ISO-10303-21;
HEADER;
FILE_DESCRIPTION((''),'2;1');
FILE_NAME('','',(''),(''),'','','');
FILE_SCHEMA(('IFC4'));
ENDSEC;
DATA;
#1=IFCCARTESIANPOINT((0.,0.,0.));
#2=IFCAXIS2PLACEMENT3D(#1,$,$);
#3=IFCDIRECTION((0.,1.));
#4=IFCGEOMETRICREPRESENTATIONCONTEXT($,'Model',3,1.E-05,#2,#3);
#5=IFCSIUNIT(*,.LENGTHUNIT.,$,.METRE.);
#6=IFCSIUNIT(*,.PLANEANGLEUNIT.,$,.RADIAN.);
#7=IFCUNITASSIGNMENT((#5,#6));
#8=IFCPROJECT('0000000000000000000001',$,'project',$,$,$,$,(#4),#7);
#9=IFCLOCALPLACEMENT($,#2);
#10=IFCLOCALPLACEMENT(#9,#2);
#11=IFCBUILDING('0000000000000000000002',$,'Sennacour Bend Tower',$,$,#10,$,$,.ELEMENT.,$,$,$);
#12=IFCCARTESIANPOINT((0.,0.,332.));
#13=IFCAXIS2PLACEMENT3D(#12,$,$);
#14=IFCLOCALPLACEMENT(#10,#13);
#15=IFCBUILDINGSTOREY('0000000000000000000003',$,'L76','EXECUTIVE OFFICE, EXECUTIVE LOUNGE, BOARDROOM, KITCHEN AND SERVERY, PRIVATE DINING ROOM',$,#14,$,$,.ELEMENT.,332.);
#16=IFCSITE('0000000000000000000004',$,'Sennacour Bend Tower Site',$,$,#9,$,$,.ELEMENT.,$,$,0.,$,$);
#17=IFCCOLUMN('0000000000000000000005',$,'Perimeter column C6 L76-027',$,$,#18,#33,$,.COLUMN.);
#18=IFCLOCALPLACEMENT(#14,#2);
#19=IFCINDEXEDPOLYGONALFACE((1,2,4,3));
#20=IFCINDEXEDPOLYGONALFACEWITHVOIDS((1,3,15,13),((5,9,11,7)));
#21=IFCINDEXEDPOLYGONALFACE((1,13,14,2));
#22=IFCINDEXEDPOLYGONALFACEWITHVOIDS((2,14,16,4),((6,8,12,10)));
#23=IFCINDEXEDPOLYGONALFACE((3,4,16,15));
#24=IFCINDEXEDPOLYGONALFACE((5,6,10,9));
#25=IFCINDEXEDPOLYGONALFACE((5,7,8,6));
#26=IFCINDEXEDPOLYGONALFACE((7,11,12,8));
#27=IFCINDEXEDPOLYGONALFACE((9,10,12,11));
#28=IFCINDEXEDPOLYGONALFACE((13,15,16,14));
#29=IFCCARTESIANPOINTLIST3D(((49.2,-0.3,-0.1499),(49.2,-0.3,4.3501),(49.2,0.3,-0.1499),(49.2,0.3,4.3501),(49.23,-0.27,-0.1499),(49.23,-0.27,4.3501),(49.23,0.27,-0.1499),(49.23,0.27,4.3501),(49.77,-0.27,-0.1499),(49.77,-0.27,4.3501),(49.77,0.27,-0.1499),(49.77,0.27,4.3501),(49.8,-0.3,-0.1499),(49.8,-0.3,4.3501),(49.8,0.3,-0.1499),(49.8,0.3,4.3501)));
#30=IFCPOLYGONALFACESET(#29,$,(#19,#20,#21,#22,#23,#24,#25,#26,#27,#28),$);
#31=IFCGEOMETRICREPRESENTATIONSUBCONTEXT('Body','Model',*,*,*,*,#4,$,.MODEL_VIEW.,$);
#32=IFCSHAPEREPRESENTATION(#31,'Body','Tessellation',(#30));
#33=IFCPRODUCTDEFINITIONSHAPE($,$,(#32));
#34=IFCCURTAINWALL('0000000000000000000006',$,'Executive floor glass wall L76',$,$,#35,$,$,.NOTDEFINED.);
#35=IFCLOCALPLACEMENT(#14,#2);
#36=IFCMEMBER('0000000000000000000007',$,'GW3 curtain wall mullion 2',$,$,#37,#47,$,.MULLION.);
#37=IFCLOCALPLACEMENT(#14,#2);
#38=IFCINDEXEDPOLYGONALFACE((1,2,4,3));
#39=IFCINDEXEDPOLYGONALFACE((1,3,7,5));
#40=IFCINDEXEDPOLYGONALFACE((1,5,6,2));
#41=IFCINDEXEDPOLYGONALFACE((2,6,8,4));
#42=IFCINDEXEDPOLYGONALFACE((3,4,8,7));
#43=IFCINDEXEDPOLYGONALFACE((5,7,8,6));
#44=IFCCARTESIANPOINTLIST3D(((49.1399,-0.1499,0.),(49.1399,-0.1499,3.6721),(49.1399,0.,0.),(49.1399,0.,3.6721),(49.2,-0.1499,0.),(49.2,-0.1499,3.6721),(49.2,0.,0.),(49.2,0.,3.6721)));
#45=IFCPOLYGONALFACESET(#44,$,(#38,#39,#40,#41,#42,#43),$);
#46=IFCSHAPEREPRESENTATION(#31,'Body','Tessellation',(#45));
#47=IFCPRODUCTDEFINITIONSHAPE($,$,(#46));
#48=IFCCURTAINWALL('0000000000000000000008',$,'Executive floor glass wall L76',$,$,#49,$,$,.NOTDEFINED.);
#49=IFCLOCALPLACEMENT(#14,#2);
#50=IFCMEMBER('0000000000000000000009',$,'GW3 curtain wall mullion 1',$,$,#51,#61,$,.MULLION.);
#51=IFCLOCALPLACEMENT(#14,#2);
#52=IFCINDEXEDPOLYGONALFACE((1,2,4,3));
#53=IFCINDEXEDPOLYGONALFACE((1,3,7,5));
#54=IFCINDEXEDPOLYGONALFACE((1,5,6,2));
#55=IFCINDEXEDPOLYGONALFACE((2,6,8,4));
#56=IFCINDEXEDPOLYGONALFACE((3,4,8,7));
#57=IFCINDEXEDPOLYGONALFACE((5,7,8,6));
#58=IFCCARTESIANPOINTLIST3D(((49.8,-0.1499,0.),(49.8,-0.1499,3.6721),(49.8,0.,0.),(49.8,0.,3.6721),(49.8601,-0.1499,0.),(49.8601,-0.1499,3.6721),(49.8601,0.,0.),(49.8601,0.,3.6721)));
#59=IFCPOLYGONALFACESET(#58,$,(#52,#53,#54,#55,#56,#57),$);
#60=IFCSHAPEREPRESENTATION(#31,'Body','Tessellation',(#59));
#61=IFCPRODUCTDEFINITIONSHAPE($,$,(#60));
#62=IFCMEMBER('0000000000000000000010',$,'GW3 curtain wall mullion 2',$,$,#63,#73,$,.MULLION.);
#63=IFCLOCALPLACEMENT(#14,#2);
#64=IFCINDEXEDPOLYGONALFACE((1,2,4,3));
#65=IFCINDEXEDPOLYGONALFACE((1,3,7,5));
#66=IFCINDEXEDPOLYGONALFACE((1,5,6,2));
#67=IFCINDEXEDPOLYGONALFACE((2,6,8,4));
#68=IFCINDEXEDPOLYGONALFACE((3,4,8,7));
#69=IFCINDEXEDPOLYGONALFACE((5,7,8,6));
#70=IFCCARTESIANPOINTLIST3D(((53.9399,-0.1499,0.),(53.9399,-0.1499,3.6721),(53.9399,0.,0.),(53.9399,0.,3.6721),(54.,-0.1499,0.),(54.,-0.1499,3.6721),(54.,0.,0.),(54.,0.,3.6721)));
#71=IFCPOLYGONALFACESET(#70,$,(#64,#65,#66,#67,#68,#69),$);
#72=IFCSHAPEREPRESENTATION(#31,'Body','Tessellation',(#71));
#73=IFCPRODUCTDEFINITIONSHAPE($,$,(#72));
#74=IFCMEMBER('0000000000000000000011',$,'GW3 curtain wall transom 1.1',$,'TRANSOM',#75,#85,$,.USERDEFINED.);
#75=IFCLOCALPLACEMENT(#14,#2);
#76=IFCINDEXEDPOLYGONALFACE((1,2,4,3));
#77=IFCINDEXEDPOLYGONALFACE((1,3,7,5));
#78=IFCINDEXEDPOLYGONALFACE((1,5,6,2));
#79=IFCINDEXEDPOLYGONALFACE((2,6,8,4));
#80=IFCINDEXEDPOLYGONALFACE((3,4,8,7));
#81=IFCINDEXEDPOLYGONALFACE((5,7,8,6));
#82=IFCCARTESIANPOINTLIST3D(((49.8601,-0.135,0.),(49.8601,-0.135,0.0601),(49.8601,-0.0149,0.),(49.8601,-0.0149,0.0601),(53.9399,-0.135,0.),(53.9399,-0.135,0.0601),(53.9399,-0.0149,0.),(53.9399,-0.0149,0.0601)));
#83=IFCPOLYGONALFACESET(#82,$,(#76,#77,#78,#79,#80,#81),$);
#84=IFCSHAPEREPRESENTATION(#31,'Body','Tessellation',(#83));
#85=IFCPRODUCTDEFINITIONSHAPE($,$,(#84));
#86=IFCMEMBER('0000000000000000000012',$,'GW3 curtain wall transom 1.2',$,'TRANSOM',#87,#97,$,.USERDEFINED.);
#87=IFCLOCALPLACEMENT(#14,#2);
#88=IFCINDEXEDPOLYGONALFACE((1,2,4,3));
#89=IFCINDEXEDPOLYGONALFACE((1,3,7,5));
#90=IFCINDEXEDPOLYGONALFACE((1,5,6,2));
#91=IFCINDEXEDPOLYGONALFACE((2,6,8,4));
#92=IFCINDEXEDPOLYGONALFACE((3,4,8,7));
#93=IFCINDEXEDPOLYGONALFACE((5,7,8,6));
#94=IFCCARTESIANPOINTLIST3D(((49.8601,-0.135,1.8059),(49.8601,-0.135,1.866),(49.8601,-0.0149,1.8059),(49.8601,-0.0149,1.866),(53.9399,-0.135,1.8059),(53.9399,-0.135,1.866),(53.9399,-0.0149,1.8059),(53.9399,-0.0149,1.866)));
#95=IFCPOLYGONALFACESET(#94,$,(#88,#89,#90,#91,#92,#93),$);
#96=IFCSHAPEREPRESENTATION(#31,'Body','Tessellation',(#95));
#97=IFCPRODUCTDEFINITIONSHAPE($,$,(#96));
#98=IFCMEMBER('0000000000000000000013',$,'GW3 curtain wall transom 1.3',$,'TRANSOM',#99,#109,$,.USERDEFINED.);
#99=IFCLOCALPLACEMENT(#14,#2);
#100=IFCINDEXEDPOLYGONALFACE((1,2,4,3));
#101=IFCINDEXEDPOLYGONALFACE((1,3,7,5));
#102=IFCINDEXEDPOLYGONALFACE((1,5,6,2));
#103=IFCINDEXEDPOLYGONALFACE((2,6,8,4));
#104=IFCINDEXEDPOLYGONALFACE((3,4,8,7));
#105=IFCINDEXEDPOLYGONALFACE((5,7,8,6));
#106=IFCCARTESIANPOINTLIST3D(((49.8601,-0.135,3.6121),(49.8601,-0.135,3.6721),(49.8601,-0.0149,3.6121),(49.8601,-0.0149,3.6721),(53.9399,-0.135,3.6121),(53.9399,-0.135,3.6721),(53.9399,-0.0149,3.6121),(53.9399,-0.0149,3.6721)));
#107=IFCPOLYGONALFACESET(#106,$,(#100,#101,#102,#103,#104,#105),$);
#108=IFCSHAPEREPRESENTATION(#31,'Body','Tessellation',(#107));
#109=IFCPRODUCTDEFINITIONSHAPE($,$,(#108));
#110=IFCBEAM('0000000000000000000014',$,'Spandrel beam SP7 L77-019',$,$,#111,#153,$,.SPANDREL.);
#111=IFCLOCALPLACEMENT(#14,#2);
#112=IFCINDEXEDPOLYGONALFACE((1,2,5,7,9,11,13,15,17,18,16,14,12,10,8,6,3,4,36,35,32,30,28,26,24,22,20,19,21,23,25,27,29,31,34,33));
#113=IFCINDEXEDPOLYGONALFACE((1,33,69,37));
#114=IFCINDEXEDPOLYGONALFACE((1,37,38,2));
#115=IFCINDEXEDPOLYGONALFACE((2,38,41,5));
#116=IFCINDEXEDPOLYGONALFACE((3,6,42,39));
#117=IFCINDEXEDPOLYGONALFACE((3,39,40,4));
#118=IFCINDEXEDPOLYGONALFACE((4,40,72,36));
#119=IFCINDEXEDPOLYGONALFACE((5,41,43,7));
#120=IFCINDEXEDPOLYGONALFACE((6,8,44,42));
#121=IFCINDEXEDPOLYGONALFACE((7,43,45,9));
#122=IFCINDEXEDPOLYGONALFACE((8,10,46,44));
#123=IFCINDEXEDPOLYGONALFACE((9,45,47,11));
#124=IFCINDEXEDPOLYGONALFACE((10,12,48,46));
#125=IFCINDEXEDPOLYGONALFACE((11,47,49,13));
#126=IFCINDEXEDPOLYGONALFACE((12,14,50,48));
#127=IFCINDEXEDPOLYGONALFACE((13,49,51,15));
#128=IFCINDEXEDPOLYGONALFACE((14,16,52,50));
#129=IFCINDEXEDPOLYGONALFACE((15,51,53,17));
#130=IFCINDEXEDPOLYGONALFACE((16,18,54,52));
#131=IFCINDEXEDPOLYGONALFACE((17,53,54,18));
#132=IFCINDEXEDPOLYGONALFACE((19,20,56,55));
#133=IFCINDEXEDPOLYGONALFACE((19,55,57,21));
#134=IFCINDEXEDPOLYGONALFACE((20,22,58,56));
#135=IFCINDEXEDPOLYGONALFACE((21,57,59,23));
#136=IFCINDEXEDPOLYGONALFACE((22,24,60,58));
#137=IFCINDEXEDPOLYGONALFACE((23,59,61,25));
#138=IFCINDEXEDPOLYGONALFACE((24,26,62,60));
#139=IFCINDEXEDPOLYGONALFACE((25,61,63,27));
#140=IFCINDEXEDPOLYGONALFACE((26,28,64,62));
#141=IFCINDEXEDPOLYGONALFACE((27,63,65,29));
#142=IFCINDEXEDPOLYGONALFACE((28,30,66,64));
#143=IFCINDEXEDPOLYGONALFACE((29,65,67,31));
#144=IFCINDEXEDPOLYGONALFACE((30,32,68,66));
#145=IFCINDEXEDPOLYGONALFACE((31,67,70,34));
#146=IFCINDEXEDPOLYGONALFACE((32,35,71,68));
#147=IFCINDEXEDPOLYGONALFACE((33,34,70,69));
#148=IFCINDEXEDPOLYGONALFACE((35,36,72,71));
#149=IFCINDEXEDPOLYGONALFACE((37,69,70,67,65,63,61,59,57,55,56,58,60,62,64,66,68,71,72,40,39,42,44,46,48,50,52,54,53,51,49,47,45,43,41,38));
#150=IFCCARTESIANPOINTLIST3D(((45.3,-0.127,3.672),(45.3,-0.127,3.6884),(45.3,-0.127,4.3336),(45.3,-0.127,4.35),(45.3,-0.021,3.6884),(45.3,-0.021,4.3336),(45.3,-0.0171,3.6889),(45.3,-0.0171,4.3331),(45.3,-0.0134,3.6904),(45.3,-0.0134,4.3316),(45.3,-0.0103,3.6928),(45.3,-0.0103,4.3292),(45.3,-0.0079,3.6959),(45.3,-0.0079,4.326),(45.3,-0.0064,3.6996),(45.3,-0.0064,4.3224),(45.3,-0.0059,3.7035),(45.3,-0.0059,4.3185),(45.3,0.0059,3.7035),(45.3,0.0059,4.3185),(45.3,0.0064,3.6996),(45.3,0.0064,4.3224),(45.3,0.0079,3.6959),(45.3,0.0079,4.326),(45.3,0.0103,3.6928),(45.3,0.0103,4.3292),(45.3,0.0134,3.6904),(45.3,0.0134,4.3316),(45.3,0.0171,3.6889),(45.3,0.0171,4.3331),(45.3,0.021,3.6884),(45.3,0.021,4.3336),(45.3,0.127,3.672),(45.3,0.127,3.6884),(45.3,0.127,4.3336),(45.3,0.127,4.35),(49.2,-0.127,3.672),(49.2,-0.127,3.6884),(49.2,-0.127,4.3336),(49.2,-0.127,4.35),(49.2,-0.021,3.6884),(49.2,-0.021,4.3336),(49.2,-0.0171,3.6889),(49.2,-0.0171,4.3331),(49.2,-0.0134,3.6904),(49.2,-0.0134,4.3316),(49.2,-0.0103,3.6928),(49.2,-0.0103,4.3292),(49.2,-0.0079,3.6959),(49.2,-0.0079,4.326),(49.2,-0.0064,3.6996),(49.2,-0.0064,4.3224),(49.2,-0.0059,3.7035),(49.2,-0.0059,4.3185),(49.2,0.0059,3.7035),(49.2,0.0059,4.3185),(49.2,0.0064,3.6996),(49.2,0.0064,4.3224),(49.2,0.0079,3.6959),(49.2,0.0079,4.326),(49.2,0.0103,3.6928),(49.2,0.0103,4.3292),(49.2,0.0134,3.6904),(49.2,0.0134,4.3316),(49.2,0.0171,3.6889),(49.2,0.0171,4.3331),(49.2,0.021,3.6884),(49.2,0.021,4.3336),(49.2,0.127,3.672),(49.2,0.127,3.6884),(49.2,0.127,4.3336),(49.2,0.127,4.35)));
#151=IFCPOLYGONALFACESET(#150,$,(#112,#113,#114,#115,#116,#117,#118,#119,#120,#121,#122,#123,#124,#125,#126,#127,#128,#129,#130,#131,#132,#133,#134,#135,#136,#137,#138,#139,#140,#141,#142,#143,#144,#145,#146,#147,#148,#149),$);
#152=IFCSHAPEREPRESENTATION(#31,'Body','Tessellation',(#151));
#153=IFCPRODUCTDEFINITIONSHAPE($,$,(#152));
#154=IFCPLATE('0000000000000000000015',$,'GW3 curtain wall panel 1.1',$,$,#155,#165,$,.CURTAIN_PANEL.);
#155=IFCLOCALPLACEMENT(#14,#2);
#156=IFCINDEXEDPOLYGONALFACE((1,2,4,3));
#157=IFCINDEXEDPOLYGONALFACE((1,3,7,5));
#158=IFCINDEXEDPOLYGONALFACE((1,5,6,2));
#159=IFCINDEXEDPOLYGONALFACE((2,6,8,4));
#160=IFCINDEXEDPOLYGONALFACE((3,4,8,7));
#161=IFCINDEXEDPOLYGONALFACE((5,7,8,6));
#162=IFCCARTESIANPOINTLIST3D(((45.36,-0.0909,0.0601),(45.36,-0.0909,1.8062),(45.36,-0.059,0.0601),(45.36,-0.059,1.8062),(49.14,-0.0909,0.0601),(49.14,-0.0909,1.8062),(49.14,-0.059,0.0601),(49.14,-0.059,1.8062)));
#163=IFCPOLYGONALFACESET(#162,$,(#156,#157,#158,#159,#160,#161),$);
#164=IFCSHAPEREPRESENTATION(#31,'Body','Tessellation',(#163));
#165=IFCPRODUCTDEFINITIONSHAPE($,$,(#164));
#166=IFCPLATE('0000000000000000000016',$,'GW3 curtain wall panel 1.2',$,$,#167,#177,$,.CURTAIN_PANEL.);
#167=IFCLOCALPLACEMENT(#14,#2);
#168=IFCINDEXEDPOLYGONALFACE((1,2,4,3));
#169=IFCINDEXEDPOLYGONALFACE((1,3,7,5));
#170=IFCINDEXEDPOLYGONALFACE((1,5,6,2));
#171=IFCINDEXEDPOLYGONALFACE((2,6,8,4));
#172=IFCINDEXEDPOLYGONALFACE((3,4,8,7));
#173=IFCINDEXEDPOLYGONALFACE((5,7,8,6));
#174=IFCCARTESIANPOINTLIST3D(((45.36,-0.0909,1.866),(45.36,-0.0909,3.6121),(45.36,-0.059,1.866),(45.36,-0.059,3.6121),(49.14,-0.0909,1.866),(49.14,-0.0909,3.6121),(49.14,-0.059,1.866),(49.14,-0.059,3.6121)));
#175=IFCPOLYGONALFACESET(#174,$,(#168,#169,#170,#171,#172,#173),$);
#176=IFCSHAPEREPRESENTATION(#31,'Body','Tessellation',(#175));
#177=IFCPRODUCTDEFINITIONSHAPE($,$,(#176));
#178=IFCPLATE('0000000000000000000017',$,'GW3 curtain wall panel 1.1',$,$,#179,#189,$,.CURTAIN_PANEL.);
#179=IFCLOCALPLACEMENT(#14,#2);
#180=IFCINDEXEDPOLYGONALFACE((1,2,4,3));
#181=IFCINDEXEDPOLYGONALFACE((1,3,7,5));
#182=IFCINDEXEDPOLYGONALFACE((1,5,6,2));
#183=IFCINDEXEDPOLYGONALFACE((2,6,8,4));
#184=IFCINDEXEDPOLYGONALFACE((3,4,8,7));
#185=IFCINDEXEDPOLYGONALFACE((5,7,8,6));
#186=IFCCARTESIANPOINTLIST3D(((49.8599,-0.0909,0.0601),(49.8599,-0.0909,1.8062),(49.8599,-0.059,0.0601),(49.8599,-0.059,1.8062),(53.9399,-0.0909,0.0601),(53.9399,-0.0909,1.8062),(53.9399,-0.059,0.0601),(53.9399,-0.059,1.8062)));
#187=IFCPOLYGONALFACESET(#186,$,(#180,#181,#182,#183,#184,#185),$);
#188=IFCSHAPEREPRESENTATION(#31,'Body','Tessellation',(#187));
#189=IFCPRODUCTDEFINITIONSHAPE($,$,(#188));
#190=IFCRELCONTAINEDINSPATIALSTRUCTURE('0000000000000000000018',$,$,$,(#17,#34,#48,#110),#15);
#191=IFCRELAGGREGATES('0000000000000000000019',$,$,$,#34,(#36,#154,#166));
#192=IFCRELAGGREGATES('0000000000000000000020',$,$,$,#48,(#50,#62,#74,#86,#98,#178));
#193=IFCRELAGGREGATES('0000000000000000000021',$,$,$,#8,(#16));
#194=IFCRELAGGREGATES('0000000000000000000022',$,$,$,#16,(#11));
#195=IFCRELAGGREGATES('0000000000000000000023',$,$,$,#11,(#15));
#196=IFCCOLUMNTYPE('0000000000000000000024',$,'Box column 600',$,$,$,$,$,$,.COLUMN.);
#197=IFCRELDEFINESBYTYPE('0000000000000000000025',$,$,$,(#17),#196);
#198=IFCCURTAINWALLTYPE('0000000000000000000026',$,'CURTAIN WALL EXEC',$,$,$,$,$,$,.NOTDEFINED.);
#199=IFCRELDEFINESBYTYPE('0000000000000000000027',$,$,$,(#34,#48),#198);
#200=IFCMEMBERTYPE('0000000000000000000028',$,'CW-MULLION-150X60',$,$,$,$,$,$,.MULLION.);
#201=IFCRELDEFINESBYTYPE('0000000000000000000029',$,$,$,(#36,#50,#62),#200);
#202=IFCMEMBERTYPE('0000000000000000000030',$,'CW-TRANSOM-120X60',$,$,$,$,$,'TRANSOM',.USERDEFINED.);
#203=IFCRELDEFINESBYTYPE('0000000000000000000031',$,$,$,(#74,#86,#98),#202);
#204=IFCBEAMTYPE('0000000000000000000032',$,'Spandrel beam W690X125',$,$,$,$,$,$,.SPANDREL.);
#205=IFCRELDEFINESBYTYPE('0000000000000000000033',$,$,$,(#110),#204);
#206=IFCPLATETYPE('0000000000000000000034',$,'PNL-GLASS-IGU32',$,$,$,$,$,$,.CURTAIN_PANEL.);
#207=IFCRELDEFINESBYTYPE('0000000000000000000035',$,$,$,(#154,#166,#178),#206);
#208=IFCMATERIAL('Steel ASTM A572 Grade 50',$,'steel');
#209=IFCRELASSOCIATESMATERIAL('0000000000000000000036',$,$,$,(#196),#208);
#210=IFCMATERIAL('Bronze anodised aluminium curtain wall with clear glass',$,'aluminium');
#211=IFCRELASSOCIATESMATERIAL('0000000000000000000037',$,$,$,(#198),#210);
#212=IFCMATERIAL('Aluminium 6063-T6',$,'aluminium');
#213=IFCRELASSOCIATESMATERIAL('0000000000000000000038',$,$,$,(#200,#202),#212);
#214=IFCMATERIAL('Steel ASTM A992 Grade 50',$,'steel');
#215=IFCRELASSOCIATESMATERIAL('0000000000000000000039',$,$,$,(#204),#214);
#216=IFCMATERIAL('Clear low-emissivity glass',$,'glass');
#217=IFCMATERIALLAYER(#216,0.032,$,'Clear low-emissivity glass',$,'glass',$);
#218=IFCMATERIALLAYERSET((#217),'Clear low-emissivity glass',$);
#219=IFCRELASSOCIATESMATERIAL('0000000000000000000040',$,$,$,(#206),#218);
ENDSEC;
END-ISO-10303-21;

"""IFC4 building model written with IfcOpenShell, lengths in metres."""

from ifc_helpers import new_model, si_unit, direction, frame, origin, origin_2d, place, context, subcontext, project, spatial, rectangle, hollow_rectangle, i_section, extrude, material, layer, layer_set, material_profile, profile_set, type_object, element, aggregate, save


model = new_model("IFC4")

# Units and contexts
model_context = context("Model", 3, precision=1e-05, world=origin(), true_north=direction((0.0, 1.0)))
body_context = subcontext(model_context, "Body", "Model", "MODEL_VIEW")
ifc_project = project(units=[si_unit("LENGTHUNIT", "METRE"), si_unit("PLANEANGLEUNIT", "RADIAN")], contexts=[model_context])

# Site, building, storey
site_placement = place(None, origin())
site = spatial("IfcSite", under=ifc_project, at=site_placement, Name="Sennacour Bend Tower Site", CompositionType="ELEMENT", RefElevation=0.0)
building_placement = place(site_placement, origin())
building = spatial("IfcBuilding", under=site, at=building_placement, Name="Sennacour Bend Tower", CompositionType="ELEMENT")
storey_placement = place(building_placement, frame((0.0, 0.0, 332.0)))
storey = spatial("IfcBuildingStorey", under=building, at=storey_placement, Name="L76", Description="EXECUTIVE OFFICE, EXECUTIVE LOUNGE, BOARDROOM, KITCHEN AND SERVERY, PRIVATE DINING ROOM", CompositionType="ELEMENT", Elevation=332.0)

# Column
ifc_material_1 = material(Name="Steel ASTM A572 Grade 50", Category="steel")
ifc_material_profile_1 = material_profile(ifc_material_1, hollow_rectangle(XDim=0.6001, YDim=0.6001, WallThickness=0.03, at=origin_2d()), Name="Steel ASTM A572 Grade 50", Category="steel")
ifc_profile_set_1 = profile_set([ifc_material_profile_1], Name="Steel ASTM A572 Grade 50")
column_type = type_object("IfcColumnType", Name="Box column 600", PredefinedType="COLUMN", material=ifc_profile_set_1)
column_placement = place(storey_placement, frame((49.5, 0.0, -0.1499), z_axis=(0.0, 0.0, 1.0), x_axis=(1.0, 0.0, 0.0)))
element("IfcColumn", 1, at=column_placement, inside=storey, type_object=column_type, Name="Perimeter column C6 L76-027", PredefinedType="COLUMN", context=body_context, shape_type="SweptSolid", body=[
    extrude(hollow_rectangle(XDim=0.6001, YDim=0.6001, WallThickness=0.03, at=origin_2d()), origin(), (0.0, 0.0, 1.0), 4.5),
])

# Curtain wall, member
ifc_material_2 = material(Name="Bronze anodised aluminium curtain wall with clear glass", Category="aluminium")
curtain_wall_type = type_object("IfcCurtainWallType", Name="CURTAIN WALL EXEC", PredefinedType="NOTDEFINED", material=ifc_material_2)
curtain_wall_1_placement = place(storey_placement, origin())
curtain_wall_1 = element("IfcCurtainWall", 2, at=curtain_wall_1_placement, inside=storey, type_object=curtain_wall_type, Name="Executive floor glass wall L76", PredefinedType="NOTDEFINED")
ifc_material_3 = material(Name="Aluminium 6063-T6", Category="aluminium")
ifc_material_profile_2 = material_profile(ifc_material_3, rectangle(XDim=0.1499, YDim=0.0601, at=origin_2d()), Name="Aluminium 6063-T6", Category="aluminium")
ifc_profile_set_2 = profile_set([ifc_material_profile_2], Name="Aluminium 6063-T6")
member_type_1 = type_object("IfcMemberType", Name="CW-MULLION-150X60", PredefinedType="MULLION", material=ifc_profile_set_2)
member_1_placement = place(storey_placement, frame((49.1699, -0.075, 0.0), z_axis=(0.0, 0.0, 1.0), x_axis=(0.0, 1.0, 0.0)))
member_1 = element("IfcMember", 3, at=member_1_placement, type_object=member_type_1, Name="GW3 curtain wall mullion 2", PredefinedType="MULLION", context=body_context, shape_type="SweptSolid", body=[
    extrude(rectangle(XDim=0.1499, YDim=0.0601, at=origin_2d()), origin(), (0.0, 0.0, 1.0), 3.6721),
])

# Curtain wall, members
curtain_wall_2_placement = place(storey_placement, origin())
curtain_wall_2 = element("IfcCurtainWall", 4, at=curtain_wall_2_placement, inside=storey, type_object=curtain_wall_type, Name="Executive floor glass wall L76", PredefinedType="NOTDEFINED")
member_2_placement = place(storey_placement, frame((49.8301, -0.075, 0.0), z_axis=(0.0, 0.0, 1.0), x_axis=(0.0, 1.0, 0.0)))
member_2 = element("IfcMember", 5, at=member_2_placement, type_object=member_type_1, Name="GW3 curtain wall mullion 1", PredefinedType="MULLION", context=body_context, shape_type="SweptSolid", body=[
    extrude(rectangle(XDim=0.1499, YDim=0.0601, at=origin_2d()), origin(), (0.0, 0.0, 1.0), 3.6721),
])
member_3_placement = place(storey_placement, frame((53.97, -0.075, 0.0), z_axis=(0.0, 0.0, 1.0), x_axis=(0.0, 1.0, 0.0)))
member_3 = element("IfcMember", 6, at=member_3_placement, type_object=member_type_1, Name="GW3 curtain wall mullion 2", PredefinedType="MULLION", context=body_context, shape_type="SweptSolid", body=[
    extrude(rectangle(XDim=0.1499, YDim=0.0601, at=origin_2d()), origin(), (0.0, 0.0, 1.0), 3.6721),
])
ifc_material_profile_3 = material_profile(ifc_material_3, rectangle(XDim=0.1201, YDim=0.0601, at=origin_2d()), Name="Aluminium 6063-T6", Category="aluminium")
ifc_profile_set_3 = profile_set([ifc_material_profile_3], Name="Aluminium 6063-T6")
member_type_2 = type_object("IfcMemberType", Name="CW-TRANSOM-120X60", ElementType="TRANSOM", PredefinedType="USERDEFINED", material=ifc_profile_set_3)
member_4_placement = place(storey_placement, frame((49.8601, -0.075, 0.03), z_axis=(1.0, 0.0, 0.0), x_axis=(0.0, 1.0, 0.0)))
member_4 = element("IfcMember", 7, at=member_4_placement, type_object=member_type_2, Name="GW3 curtain wall transom 1.1", ObjectType="TRANSOM", PredefinedType="USERDEFINED", context=body_context, shape_type="SweptSolid", body=[
    extrude(rectangle(XDim=0.1201, YDim=0.0601, at=origin_2d()), origin(), (0.0, 0.0, 1.0), 4.0798),
])
member_5_placement = place(storey_placement, frame((49.8601, -0.075, 1.8359), z_axis=(1.0, 0.0, 0.0), x_axis=(0.0, 1.0, 0.0)))
member_5 = element("IfcMember", 8, at=member_5_placement, type_object=member_type_2, Name="GW3 curtain wall transom 1.2", ObjectType="TRANSOM", PredefinedType="USERDEFINED", context=body_context, shape_type="SweptSolid", body=[
    extrude(rectangle(XDim=0.1201, YDim=0.0601, at=origin_2d()), origin(), (0.0, 0.0, 1.0), 4.0798),
])
member_6_placement = place(storey_placement, frame((49.8601, -0.075, 3.6421), z_axis=(1.0, 0.0, 0.0), x_axis=(0.0, 1.0, 0.0)))
member_6 = element("IfcMember", 9, at=member_6_placement, type_object=member_type_2, Name="GW3 curtain wall transom 1.3", ObjectType="TRANSOM", PredefinedType="USERDEFINED", context=body_context, shape_type="SweptSolid", body=[
    extrude(rectangle(XDim=0.1201, YDim=0.0601, at=origin_2d()), origin(), (0.0, 0.0, 1.0), 4.0798),
])

# Beam
ifc_material_4 = material(Name="Steel ASTM A992 Grade 50", Category="steel")
ifc_material_profile_4 = material_profile(ifc_material_4, i_section(OverallWidth=0.2539, OverallDepth=0.678, WebThickness=0.0117, FlangeThickness=0.0164, FilletRadius=0.0151, at=origin_2d()), Name="Steel ASTM A992 Grade 50", Category="steel")
ifc_profile_set_4 = profile_set([ifc_material_profile_4], Name="Steel ASTM A992 Grade 50")
beam_type = type_object("IfcBeamType", Name="Spandrel beam W690X125", PredefinedType="SPANDREL", material=ifc_profile_set_4)
beam_placement = place(storey_placement, frame((49.2, 0.0, 4.011), z_axis=(-1.0, 0.0, 0.0), x_axis=(0.0, -1.0, 0.0)))
element("IfcBeam", 10, at=beam_placement, inside=storey, type_object=beam_type, Name="Spandrel beam SP7 L77-019", PredefinedType="SPANDREL", context=body_context, shape_type="SweptSolid", body=[
    extrude(i_section(OverallWidth=0.2539, OverallDepth=0.678, WebThickness=0.0117, FlangeThickness=0.0164, FilletRadius=0.0151, at=origin_2d()), origin(), (0.0, 0.0, 1.0), 3.8999),
])

# Plates
ifc_material_5 = material(Name="Clear low-emissivity glass", Category="glass")
ifc_layer = layer(ifc_material_5, 0.032, Name="Clear low-emissivity glass", Category="glass")
ifc_layer_set = layer_set([ifc_layer], Name="Clear low-emissivity glass")
plate_type = type_object("IfcPlateType", Name="PNL-GLASS-IGU32", PredefinedType="CURTAIN_PANEL", material=ifc_layer_set)
plate_1_placement = place(storey_placement, frame((47.25, -0.075, 0.0601), z_axis=(0.0, 0.0, 1.0), x_axis=(1.0, 0.0, 0.0)))
plate_1 = element("IfcPlate", 11, at=plate_1_placement, type_object=plate_type, Name="GW3 curtain wall panel 1.1", PredefinedType="CURTAIN_PANEL", context=body_context, shape_type="SweptSolid", body=[
    extrude(rectangle(XDim=3.78, YDim=0.032, at=origin_2d()), origin(), (0.0, 0.0, 1.0), 1.7461),
])
plate_2_placement = place(storey_placement, frame((47.25, -0.075, 1.866), z_axis=(0.0, 0.0, 1.0), x_axis=(1.0, 0.0, 0.0)))
plate_2 = element("IfcPlate", 12, at=plate_2_placement, type_object=plate_type, Name="GW3 curtain wall panel 1.2", PredefinedType="CURTAIN_PANEL", context=body_context, shape_type="SweptSolid", body=[
    extrude(rectangle(XDim=3.78, YDim=0.032, at=origin_2d()), origin(), (0.0, 0.0, 1.0), 1.7461),
])
aggregate(curtain_wall_1, [member_1, plate_1, plate_2])
plate_3_placement = place(storey_placement, frame((51.8999, -0.075, 0.0601), z_axis=(0.0, 0.0, 1.0), x_axis=(1.0, 0.0, 0.0)))
plate_3 = element("IfcPlate", 13, at=plate_3_placement, type_object=plate_type, Name="GW3 curtain wall panel 1.1", PredefinedType="CURTAIN_PANEL", context=body_context, shape_type="SweptSolid", body=[
    extrude(rectangle(XDim=4.0801, YDim=0.032, at=origin_2d()), origin(), (0.0, 0.0, 1.0), 1.7461),
])
aggregate(curtain_wall_2, [member_2, member_3, member_4, member_5, member_6, plate_3])

save(model, "model.ifc")
